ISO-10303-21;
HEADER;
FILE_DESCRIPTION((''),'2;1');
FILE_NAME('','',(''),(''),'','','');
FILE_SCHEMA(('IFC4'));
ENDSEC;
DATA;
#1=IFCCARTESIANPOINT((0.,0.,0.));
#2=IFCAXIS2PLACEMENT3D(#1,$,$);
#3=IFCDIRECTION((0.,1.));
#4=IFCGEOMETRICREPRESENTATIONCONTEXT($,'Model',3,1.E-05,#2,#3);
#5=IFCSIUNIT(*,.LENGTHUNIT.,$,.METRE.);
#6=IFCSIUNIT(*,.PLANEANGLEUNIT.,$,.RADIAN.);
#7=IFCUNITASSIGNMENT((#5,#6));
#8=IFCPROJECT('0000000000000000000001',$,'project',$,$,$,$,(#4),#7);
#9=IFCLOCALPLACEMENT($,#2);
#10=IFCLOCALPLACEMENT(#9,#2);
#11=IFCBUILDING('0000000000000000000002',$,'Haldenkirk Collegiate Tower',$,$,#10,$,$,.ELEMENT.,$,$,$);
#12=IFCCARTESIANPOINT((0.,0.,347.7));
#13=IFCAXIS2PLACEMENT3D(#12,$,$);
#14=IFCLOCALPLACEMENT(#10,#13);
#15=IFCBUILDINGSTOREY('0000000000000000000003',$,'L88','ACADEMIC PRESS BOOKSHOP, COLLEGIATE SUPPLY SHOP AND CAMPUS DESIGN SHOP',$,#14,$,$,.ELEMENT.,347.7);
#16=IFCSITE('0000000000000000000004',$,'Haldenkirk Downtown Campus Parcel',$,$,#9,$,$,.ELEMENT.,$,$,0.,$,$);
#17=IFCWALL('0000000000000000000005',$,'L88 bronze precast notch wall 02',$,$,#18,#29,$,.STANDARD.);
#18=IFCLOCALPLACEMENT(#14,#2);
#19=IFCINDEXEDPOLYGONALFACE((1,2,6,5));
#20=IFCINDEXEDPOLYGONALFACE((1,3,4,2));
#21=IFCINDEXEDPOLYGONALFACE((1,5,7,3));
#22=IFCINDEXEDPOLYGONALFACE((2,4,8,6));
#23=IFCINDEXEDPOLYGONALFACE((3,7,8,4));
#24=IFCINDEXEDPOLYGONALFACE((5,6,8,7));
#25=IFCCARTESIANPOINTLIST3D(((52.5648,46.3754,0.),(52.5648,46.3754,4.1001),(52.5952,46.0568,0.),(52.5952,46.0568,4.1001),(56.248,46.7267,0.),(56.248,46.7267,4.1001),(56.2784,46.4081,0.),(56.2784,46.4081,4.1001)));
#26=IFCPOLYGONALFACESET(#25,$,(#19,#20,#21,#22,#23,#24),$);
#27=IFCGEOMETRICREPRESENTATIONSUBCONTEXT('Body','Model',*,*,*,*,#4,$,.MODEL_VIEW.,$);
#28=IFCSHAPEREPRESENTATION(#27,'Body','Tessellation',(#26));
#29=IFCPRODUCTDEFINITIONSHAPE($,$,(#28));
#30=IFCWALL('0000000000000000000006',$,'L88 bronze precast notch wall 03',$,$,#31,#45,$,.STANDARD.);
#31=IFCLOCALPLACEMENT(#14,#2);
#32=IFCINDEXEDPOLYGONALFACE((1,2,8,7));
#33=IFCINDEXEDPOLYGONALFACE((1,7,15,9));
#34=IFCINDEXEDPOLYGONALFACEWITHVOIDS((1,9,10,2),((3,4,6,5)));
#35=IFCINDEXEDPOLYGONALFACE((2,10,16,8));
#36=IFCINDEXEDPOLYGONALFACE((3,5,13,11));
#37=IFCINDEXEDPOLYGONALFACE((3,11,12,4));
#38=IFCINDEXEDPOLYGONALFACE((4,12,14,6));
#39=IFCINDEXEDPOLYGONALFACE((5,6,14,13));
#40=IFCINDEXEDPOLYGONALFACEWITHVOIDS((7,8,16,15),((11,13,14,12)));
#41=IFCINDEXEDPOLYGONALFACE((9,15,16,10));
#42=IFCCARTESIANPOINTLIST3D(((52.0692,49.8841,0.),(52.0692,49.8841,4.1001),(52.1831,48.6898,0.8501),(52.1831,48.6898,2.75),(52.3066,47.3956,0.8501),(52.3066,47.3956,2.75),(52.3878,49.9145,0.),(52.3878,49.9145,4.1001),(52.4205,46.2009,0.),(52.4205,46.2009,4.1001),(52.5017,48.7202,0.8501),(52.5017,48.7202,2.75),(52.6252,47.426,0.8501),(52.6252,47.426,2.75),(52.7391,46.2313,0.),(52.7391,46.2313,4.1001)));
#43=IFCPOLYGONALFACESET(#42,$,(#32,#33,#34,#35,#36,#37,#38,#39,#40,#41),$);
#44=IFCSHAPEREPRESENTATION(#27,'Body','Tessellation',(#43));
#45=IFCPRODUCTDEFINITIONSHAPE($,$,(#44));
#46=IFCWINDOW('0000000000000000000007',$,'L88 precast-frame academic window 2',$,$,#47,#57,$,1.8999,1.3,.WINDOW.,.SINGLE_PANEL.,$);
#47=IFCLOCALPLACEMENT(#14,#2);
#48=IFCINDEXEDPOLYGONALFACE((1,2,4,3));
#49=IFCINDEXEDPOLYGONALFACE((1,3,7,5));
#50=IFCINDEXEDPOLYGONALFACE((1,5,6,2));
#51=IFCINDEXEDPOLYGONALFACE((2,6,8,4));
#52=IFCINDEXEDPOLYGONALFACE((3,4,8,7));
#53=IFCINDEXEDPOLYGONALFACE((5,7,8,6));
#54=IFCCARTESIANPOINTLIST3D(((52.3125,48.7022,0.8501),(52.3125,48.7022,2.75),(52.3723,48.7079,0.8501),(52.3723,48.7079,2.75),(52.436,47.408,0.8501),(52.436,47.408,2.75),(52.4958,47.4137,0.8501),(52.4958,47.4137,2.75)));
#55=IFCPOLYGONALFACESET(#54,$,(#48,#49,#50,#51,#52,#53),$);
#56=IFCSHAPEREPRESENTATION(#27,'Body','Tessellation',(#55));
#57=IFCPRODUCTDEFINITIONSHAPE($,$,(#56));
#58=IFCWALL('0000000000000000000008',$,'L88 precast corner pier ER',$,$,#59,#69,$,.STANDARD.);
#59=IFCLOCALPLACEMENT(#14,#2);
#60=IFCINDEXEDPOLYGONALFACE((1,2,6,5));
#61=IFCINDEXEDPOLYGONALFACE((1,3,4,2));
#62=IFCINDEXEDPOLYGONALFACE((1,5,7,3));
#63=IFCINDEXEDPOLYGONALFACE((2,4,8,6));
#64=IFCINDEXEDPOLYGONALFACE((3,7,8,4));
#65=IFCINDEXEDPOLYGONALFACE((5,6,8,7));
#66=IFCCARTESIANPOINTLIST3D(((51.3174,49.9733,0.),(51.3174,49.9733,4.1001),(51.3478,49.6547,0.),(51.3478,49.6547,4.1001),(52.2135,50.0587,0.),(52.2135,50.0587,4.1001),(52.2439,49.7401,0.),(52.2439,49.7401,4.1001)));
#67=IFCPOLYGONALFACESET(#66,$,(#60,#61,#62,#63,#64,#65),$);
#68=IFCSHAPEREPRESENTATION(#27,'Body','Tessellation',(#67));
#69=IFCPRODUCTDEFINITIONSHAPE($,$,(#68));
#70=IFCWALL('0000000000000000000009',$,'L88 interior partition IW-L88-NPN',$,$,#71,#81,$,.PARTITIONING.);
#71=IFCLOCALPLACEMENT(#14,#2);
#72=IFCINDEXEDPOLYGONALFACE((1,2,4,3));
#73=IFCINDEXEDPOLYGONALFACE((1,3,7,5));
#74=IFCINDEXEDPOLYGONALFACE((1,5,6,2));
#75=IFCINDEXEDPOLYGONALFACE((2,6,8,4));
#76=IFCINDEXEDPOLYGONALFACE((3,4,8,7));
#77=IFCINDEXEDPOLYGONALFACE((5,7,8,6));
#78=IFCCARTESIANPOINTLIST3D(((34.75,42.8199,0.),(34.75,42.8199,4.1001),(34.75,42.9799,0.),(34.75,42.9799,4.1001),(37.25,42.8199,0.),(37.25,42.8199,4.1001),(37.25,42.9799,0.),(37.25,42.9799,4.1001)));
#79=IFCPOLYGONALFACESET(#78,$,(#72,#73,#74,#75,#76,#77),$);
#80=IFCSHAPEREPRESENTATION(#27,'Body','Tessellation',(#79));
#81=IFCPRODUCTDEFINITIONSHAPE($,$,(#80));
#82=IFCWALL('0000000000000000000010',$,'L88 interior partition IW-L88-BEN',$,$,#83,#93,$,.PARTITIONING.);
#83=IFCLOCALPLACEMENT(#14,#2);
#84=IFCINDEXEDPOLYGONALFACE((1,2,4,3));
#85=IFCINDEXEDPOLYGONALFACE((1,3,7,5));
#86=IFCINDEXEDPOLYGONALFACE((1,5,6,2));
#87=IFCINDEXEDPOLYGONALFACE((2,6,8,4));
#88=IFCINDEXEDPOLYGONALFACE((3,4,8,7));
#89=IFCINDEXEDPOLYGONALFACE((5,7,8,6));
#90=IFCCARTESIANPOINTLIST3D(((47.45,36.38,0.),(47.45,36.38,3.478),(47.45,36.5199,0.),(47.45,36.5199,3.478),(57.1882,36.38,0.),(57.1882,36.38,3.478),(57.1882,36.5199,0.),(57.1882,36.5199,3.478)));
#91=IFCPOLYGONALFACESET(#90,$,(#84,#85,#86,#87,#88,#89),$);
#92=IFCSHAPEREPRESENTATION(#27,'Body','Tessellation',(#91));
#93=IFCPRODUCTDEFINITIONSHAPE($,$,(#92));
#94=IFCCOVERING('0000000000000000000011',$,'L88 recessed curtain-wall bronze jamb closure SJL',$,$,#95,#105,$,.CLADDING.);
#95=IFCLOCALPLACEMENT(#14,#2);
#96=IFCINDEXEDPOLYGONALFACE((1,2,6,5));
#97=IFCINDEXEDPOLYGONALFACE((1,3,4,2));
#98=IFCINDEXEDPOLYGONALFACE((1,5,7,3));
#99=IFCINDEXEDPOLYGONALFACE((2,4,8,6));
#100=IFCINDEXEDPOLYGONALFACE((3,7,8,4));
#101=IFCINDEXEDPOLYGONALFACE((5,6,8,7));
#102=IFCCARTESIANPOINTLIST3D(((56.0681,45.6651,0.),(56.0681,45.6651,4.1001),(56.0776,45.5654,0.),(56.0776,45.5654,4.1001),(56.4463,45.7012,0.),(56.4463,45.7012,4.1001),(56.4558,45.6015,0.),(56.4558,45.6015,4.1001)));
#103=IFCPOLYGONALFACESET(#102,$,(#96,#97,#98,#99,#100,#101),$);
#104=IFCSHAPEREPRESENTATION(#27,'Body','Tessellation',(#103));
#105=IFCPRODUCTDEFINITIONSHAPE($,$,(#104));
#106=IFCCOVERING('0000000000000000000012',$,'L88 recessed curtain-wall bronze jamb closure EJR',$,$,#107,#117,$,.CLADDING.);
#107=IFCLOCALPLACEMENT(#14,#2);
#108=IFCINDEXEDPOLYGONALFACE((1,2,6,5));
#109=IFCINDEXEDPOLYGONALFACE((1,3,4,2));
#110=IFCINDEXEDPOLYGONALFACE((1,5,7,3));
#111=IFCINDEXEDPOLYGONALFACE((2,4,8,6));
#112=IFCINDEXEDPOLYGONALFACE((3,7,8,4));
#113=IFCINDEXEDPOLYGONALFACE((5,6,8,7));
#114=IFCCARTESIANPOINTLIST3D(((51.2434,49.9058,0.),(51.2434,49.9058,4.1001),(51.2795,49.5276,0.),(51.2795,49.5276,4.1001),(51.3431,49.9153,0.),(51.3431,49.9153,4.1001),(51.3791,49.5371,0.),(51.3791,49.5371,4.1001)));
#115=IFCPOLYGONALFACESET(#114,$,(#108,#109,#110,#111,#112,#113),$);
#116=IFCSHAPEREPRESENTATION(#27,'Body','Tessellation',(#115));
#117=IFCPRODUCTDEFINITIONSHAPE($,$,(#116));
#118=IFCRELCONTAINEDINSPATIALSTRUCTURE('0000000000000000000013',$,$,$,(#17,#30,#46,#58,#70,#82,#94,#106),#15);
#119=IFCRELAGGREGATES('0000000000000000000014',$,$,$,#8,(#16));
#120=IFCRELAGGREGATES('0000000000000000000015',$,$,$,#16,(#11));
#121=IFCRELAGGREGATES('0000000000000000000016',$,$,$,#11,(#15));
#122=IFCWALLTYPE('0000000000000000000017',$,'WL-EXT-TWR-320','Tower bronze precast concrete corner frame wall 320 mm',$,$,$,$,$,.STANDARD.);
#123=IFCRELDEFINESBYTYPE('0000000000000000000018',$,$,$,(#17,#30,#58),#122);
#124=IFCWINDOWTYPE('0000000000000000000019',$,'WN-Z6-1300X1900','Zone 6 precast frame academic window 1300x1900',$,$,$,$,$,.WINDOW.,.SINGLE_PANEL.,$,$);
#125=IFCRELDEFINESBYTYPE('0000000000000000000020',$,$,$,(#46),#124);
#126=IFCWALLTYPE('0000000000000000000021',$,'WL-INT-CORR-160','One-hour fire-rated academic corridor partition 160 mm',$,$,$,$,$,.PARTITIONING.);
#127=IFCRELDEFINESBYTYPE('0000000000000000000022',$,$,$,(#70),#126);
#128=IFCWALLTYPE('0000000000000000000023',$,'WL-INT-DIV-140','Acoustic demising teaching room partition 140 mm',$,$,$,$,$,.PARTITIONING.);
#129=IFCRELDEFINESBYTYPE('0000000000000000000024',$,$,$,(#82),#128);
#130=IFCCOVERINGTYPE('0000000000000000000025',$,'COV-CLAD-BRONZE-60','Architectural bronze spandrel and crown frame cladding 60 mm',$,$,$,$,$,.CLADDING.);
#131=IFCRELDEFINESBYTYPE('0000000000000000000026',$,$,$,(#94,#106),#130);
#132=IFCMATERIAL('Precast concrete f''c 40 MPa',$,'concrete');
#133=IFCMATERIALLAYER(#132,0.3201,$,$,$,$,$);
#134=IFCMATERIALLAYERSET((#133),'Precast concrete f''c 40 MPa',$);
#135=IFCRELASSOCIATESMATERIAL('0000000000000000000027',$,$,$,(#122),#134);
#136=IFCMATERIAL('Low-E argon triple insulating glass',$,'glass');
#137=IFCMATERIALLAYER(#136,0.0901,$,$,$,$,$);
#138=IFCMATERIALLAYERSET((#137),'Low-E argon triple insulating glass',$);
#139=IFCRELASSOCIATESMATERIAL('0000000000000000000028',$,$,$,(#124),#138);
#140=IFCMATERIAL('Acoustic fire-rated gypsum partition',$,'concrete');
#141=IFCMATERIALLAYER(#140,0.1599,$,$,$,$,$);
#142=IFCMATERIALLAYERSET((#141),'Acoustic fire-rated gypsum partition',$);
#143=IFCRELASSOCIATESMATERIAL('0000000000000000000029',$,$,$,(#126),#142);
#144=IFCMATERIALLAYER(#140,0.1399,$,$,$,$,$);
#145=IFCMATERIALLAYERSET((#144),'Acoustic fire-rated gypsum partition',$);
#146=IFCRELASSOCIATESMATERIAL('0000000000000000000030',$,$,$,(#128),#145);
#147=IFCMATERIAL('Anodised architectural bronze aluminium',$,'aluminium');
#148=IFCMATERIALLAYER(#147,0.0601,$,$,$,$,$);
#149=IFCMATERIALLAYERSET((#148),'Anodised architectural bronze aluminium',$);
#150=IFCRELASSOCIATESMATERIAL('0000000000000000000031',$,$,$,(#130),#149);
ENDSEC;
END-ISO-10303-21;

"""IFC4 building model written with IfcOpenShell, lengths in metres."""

from ifc_helpers import new_model, si_unit, direction, frame, frame_2d, origin, origin_2d, place, context, subcontext, project, spatial, rectangle, extrude, source, transform, mapped, material, layer, layer_set, type_object, element, fill, save


model = new_model("IFC4")

# Units and contexts
model_context = context("Model", 3, precision=1e-05, world=origin(), true_north=direction((0.0, 1.0)))
body_context = subcontext(model_context, "Body", "Model", "MODEL_VIEW")
ifc_project = project(units=[si_unit("LENGTHUNIT", "METRE"), si_unit("PLANEANGLEUNIT", "RADIAN")], contexts=[model_context])

# Site, building, storey
site_placement = place(None, origin())
site = spatial("IfcSite", under=ifc_project, at=site_placement, Name="Haldenkirk Downtown Campus Parcel", CompositionType="ELEMENT", RefElevation=0.0)
building_placement = place(site_placement, origin())
building = spatial("IfcBuilding", under=site, at=building_placement, Name="Haldenkirk Collegiate Tower", CompositionType="ELEMENT")
storey_placement = place(building_placement, frame((0.0, 0.0, 347.7)))
storey = spatial("IfcBuildingStorey", under=building, at=storey_placement, Name="L88", Description="ACADEMIC PRESS BOOKSHOP, COLLEGIATE SUPPLY SHOP AND CAMPUS DESIGN SHOP", CompositionType="ELEMENT", Elevation=347.7)

# Shared definitions
ifc_material_1 = material(Name="Anodised architectural bronze aluminium", Category="aluminium")

# Shared definitions
ifc_material_2 = material(Name="Low-E argon triple insulating glass", Category="glass")

# Wall
ifc_material_3 = material(Name="Precast concrete f'c 40 MPa", Category="concrete")
ifc_layer_1 = layer(ifc_material_3, 0.3201)
ifc_layer_set_1 = layer_set([ifc_layer_1], Name="Precast concrete f'c 40 MPa")
wall_type_1 = type_object("IfcWallType", Name="WL-EXT-TWR-320", Description="Tower bronze precast concrete corner frame wall 320 mm", PredefinedType="STANDARD", material=ifc_layer_set_1)
wall_1_placement = place(storey_placement, frame((52.5798, 46.2161, 0.0), z_axis=(0.0, 0.0, 1.0), x_axis=(0.995482, 0.094949, 0.0)))
element("IfcWall", 1, at=wall_1_placement, inside=storey, type_object=wall_type_1, Name="L88 bronze precast notch wall 02", PredefinedType="STANDARD", context=body_context, shape_type="SweptSolid", body=[
    extrude(rectangle(XDim=3.7, YDim=0.3201, at=frame_2d((1.8501, 0.0))), origin(), (0.0, 0.0, 1.0), 4.1001),
])

# Wall, opening, window
wall_2_placement = place(storey_placement, frame((52.2285, 49.8994, 0.0), z_axis=(0.0, 0.0, 1.0), x_axis=(0.094949, -0.995482, 0.0)))
wall_2 = element("IfcWall", 2, at=wall_2_placement, inside=storey, type_object=wall_type_1, Name="L88 bronze precast notch wall 03", PredefinedType="STANDARD", context=body_context, shape_type="SweptSolid", body=[
    extrude(rectangle(XDim=3.7, YDim=0.3201, at=frame_2d((1.8501, 0.0))), origin(), (0.0, 0.0, 1.0), 4.1001),
])
opening_placement = place(wall_2_placement, frame((1.2, 0.0, 0.8501)))
opening = element("IfcOpeningElement", 3, at=opening_placement, cuts=wall_2, PredefinedType="OPENING", context=body_context, shape_type="SweptSolid", body=[
    extrude(rectangle(XDim=1.3, YDim=1.8999, at=frame_2d((0.6499, 0.95))), frame((0.0, 0.1699, 0.0), z_axis=(0.0, -1.0, 0.0), x_axis=(1.0, 0.0, 0.0)), (0.0, 0.0, 1.0), 0.3401),
])
ifc_layer_2 = layer(ifc_material_2, 0.0901)
ifc_layer_set_2 = layer_set([ifc_layer_2], Name="Low-E argon triple insulating glass")
window_type = type_object("IfcWindowType", Name="WN-Z6-1300X1900", Description="Zone 6 precast frame academic window 1300x1900", PartitioningType="SINGLE_PANEL", PredefinedType="WINDOW", material=ifc_layer_set_2)
window_placement = place(opening_placement, origin())
window = element("IfcWindow", 4, at=window_placement, inside=storey, type_object=window_type, Name="L88 precast-frame academic window 2", OverallHeight=1.8999, OverallWidth=1.3, PartitioningType="SINGLE_PANEL", PredefinedType="WINDOW", context=body_context, shape_type="SweptSolid", body=[
    extrude(rectangle(XDim=1.3, YDim=1.8999, at=frame_2d((0.6499, 0.95))), frame((0.0, 0.03, 0.0), z_axis=(0.0, -1.0, 0.0), x_axis=(1.0, 0.0, 0.0)), (0.0, 0.0, 1.0), 0.0601),
])
fill(opening, window)

# Walls
wall_3_placement = place(storey_placement, frame((51.3325, 49.814, 0.0), z_axis=(0.0, 0.0, 1.0), x_axis=(0.995483, 0.094937, 0.0)))
element("IfcWall", 5, at=wall_3_placement, inside=storey, type_object=wall_type_1, Name="L88 precast corner pier ER", PredefinedType="STANDARD", context=body_context, shape_type="SweptSolid", body=[
    extrude(rectangle(XDim=0.9001, YDim=0.3201, at=frame_2d((0.4502, 0.0))), origin(), (0.0, 0.0, 1.0), 4.1001),
])
ifc_material_4 = material(Name="Acoustic fire-rated gypsum partition", Category="concrete")
ifc_layer_3 = layer(ifc_material_4, 0.1599)
ifc_layer_set_3 = layer_set([ifc_layer_3], Name="Acoustic fire-rated gypsum partition")
wall_type_2 = type_object("IfcWallType", Name="WL-INT-CORR-160", Description="One-hour fire-rated academic corridor partition 160 mm", PredefinedType="PARTITIONING", material=ifc_layer_set_3)
wall_4_placement = place(storey_placement, frame((34.75, 42.8999, 0.0), z_axis=(0.0, 0.0, 1.0), x_axis=(1.0, 0.0, 0.0)))
element("IfcWall", 6, at=wall_4_placement, inside=storey, type_object=wall_type_2, Name="L88 interior partition IW-L88-NPN", PredefinedType="PARTITIONING", context=body_context, shape_type="SweptSolid", body=[
    extrude(rectangle(XDim=2.5, YDim=0.1599, at=frame_2d((1.25, 0.0))), origin(), (0.0, 0.0, 1.0), 4.1001),
])
ifc_layer_4 = layer(ifc_material_4, 0.1399)
ifc_layer_set_4 = layer_set([ifc_layer_4], Name="Acoustic fire-rated gypsum partition")
wall_type_3 = type_object("IfcWallType", Name="WL-INT-DIV-140", Description="Acoustic demising teaching room partition 140 mm", PredefinedType="PARTITIONING", material=ifc_layer_set_4)
wall_5_placement = place(storey_placement, frame((47.45, 36.45, 0.0), z_axis=(0.0, 0.0, 1.0), x_axis=(1.0, 0.0, 0.0)))
element("IfcWall", 7, at=wall_5_placement, inside=storey, type_object=wall_type_3, Name="L88 interior partition IW-L88-BEN", PredefinedType="PARTITIONING", context=body_context, shape_type="SweptSolid", body=[
    extrude(rectangle(XDim=9.7383, YDim=0.1399, at=frame_2d((4.8691, 0.0))), origin(), (0.0, 0.0, 1.0), 3.478),
])

# Coverings
ifc_layer_5 = layer(ifc_material_1, 0.0601)
ifc_layer_set_5 = layer_set([ifc_layer_5], Name="Anodised architectural bronze aluminium")
covering_type = type_object("IfcCoveringType", Name="COV-CLAD-BRONZE-60", Description="Architectural bronze spandrel and crown frame cladding 60 mm", PredefinedType="CLADDING", material=ifc_layer_set_5)
shared_shape_1 = source(origin(), body_context, "Body", "SweptSolid", [
    extrude(rectangle(XDim=0.1001, YDim=0.3799, at=origin_2d()), origin(), (0.0, 0.0, 1.0), 4.1001),
])
for number, where, z_axis, x_axis, name in (
    (8, (56.262, 45.6333, 0.0), (0.0, 0.0, 1.0), (0.094977, -0.995479, 0.0), "L88 recessed curtain-wall bronze jamb closure SJL"),
    (9, (51.3113, 49.7214, 0.0), (0.0, 0.0, 1.0), (0.995479, 0.094977, 0.0), "L88 recessed curtain-wall bronze jamb closure EJR"),
):
    element("IfcCovering", number, at=place(storey_placement, frame(where, z_axis=z_axis, x_axis=x_axis)), inside=storey, type_object=covering_type, Name=name, PredefinedType="CLADDING", context=body_context, shape_type="MappedRepresentation", body=[
        mapped(shared_shape_1, transform((0.0, 0.0, 0.0), x_axis=(1.0, 0.0, 0.0), y_axis=(0.0, 1.0, 0.0), z_axis=(0.0, 0.0, 1.0), scale=1.0)),
    ])

save(model, "model.ifc")
